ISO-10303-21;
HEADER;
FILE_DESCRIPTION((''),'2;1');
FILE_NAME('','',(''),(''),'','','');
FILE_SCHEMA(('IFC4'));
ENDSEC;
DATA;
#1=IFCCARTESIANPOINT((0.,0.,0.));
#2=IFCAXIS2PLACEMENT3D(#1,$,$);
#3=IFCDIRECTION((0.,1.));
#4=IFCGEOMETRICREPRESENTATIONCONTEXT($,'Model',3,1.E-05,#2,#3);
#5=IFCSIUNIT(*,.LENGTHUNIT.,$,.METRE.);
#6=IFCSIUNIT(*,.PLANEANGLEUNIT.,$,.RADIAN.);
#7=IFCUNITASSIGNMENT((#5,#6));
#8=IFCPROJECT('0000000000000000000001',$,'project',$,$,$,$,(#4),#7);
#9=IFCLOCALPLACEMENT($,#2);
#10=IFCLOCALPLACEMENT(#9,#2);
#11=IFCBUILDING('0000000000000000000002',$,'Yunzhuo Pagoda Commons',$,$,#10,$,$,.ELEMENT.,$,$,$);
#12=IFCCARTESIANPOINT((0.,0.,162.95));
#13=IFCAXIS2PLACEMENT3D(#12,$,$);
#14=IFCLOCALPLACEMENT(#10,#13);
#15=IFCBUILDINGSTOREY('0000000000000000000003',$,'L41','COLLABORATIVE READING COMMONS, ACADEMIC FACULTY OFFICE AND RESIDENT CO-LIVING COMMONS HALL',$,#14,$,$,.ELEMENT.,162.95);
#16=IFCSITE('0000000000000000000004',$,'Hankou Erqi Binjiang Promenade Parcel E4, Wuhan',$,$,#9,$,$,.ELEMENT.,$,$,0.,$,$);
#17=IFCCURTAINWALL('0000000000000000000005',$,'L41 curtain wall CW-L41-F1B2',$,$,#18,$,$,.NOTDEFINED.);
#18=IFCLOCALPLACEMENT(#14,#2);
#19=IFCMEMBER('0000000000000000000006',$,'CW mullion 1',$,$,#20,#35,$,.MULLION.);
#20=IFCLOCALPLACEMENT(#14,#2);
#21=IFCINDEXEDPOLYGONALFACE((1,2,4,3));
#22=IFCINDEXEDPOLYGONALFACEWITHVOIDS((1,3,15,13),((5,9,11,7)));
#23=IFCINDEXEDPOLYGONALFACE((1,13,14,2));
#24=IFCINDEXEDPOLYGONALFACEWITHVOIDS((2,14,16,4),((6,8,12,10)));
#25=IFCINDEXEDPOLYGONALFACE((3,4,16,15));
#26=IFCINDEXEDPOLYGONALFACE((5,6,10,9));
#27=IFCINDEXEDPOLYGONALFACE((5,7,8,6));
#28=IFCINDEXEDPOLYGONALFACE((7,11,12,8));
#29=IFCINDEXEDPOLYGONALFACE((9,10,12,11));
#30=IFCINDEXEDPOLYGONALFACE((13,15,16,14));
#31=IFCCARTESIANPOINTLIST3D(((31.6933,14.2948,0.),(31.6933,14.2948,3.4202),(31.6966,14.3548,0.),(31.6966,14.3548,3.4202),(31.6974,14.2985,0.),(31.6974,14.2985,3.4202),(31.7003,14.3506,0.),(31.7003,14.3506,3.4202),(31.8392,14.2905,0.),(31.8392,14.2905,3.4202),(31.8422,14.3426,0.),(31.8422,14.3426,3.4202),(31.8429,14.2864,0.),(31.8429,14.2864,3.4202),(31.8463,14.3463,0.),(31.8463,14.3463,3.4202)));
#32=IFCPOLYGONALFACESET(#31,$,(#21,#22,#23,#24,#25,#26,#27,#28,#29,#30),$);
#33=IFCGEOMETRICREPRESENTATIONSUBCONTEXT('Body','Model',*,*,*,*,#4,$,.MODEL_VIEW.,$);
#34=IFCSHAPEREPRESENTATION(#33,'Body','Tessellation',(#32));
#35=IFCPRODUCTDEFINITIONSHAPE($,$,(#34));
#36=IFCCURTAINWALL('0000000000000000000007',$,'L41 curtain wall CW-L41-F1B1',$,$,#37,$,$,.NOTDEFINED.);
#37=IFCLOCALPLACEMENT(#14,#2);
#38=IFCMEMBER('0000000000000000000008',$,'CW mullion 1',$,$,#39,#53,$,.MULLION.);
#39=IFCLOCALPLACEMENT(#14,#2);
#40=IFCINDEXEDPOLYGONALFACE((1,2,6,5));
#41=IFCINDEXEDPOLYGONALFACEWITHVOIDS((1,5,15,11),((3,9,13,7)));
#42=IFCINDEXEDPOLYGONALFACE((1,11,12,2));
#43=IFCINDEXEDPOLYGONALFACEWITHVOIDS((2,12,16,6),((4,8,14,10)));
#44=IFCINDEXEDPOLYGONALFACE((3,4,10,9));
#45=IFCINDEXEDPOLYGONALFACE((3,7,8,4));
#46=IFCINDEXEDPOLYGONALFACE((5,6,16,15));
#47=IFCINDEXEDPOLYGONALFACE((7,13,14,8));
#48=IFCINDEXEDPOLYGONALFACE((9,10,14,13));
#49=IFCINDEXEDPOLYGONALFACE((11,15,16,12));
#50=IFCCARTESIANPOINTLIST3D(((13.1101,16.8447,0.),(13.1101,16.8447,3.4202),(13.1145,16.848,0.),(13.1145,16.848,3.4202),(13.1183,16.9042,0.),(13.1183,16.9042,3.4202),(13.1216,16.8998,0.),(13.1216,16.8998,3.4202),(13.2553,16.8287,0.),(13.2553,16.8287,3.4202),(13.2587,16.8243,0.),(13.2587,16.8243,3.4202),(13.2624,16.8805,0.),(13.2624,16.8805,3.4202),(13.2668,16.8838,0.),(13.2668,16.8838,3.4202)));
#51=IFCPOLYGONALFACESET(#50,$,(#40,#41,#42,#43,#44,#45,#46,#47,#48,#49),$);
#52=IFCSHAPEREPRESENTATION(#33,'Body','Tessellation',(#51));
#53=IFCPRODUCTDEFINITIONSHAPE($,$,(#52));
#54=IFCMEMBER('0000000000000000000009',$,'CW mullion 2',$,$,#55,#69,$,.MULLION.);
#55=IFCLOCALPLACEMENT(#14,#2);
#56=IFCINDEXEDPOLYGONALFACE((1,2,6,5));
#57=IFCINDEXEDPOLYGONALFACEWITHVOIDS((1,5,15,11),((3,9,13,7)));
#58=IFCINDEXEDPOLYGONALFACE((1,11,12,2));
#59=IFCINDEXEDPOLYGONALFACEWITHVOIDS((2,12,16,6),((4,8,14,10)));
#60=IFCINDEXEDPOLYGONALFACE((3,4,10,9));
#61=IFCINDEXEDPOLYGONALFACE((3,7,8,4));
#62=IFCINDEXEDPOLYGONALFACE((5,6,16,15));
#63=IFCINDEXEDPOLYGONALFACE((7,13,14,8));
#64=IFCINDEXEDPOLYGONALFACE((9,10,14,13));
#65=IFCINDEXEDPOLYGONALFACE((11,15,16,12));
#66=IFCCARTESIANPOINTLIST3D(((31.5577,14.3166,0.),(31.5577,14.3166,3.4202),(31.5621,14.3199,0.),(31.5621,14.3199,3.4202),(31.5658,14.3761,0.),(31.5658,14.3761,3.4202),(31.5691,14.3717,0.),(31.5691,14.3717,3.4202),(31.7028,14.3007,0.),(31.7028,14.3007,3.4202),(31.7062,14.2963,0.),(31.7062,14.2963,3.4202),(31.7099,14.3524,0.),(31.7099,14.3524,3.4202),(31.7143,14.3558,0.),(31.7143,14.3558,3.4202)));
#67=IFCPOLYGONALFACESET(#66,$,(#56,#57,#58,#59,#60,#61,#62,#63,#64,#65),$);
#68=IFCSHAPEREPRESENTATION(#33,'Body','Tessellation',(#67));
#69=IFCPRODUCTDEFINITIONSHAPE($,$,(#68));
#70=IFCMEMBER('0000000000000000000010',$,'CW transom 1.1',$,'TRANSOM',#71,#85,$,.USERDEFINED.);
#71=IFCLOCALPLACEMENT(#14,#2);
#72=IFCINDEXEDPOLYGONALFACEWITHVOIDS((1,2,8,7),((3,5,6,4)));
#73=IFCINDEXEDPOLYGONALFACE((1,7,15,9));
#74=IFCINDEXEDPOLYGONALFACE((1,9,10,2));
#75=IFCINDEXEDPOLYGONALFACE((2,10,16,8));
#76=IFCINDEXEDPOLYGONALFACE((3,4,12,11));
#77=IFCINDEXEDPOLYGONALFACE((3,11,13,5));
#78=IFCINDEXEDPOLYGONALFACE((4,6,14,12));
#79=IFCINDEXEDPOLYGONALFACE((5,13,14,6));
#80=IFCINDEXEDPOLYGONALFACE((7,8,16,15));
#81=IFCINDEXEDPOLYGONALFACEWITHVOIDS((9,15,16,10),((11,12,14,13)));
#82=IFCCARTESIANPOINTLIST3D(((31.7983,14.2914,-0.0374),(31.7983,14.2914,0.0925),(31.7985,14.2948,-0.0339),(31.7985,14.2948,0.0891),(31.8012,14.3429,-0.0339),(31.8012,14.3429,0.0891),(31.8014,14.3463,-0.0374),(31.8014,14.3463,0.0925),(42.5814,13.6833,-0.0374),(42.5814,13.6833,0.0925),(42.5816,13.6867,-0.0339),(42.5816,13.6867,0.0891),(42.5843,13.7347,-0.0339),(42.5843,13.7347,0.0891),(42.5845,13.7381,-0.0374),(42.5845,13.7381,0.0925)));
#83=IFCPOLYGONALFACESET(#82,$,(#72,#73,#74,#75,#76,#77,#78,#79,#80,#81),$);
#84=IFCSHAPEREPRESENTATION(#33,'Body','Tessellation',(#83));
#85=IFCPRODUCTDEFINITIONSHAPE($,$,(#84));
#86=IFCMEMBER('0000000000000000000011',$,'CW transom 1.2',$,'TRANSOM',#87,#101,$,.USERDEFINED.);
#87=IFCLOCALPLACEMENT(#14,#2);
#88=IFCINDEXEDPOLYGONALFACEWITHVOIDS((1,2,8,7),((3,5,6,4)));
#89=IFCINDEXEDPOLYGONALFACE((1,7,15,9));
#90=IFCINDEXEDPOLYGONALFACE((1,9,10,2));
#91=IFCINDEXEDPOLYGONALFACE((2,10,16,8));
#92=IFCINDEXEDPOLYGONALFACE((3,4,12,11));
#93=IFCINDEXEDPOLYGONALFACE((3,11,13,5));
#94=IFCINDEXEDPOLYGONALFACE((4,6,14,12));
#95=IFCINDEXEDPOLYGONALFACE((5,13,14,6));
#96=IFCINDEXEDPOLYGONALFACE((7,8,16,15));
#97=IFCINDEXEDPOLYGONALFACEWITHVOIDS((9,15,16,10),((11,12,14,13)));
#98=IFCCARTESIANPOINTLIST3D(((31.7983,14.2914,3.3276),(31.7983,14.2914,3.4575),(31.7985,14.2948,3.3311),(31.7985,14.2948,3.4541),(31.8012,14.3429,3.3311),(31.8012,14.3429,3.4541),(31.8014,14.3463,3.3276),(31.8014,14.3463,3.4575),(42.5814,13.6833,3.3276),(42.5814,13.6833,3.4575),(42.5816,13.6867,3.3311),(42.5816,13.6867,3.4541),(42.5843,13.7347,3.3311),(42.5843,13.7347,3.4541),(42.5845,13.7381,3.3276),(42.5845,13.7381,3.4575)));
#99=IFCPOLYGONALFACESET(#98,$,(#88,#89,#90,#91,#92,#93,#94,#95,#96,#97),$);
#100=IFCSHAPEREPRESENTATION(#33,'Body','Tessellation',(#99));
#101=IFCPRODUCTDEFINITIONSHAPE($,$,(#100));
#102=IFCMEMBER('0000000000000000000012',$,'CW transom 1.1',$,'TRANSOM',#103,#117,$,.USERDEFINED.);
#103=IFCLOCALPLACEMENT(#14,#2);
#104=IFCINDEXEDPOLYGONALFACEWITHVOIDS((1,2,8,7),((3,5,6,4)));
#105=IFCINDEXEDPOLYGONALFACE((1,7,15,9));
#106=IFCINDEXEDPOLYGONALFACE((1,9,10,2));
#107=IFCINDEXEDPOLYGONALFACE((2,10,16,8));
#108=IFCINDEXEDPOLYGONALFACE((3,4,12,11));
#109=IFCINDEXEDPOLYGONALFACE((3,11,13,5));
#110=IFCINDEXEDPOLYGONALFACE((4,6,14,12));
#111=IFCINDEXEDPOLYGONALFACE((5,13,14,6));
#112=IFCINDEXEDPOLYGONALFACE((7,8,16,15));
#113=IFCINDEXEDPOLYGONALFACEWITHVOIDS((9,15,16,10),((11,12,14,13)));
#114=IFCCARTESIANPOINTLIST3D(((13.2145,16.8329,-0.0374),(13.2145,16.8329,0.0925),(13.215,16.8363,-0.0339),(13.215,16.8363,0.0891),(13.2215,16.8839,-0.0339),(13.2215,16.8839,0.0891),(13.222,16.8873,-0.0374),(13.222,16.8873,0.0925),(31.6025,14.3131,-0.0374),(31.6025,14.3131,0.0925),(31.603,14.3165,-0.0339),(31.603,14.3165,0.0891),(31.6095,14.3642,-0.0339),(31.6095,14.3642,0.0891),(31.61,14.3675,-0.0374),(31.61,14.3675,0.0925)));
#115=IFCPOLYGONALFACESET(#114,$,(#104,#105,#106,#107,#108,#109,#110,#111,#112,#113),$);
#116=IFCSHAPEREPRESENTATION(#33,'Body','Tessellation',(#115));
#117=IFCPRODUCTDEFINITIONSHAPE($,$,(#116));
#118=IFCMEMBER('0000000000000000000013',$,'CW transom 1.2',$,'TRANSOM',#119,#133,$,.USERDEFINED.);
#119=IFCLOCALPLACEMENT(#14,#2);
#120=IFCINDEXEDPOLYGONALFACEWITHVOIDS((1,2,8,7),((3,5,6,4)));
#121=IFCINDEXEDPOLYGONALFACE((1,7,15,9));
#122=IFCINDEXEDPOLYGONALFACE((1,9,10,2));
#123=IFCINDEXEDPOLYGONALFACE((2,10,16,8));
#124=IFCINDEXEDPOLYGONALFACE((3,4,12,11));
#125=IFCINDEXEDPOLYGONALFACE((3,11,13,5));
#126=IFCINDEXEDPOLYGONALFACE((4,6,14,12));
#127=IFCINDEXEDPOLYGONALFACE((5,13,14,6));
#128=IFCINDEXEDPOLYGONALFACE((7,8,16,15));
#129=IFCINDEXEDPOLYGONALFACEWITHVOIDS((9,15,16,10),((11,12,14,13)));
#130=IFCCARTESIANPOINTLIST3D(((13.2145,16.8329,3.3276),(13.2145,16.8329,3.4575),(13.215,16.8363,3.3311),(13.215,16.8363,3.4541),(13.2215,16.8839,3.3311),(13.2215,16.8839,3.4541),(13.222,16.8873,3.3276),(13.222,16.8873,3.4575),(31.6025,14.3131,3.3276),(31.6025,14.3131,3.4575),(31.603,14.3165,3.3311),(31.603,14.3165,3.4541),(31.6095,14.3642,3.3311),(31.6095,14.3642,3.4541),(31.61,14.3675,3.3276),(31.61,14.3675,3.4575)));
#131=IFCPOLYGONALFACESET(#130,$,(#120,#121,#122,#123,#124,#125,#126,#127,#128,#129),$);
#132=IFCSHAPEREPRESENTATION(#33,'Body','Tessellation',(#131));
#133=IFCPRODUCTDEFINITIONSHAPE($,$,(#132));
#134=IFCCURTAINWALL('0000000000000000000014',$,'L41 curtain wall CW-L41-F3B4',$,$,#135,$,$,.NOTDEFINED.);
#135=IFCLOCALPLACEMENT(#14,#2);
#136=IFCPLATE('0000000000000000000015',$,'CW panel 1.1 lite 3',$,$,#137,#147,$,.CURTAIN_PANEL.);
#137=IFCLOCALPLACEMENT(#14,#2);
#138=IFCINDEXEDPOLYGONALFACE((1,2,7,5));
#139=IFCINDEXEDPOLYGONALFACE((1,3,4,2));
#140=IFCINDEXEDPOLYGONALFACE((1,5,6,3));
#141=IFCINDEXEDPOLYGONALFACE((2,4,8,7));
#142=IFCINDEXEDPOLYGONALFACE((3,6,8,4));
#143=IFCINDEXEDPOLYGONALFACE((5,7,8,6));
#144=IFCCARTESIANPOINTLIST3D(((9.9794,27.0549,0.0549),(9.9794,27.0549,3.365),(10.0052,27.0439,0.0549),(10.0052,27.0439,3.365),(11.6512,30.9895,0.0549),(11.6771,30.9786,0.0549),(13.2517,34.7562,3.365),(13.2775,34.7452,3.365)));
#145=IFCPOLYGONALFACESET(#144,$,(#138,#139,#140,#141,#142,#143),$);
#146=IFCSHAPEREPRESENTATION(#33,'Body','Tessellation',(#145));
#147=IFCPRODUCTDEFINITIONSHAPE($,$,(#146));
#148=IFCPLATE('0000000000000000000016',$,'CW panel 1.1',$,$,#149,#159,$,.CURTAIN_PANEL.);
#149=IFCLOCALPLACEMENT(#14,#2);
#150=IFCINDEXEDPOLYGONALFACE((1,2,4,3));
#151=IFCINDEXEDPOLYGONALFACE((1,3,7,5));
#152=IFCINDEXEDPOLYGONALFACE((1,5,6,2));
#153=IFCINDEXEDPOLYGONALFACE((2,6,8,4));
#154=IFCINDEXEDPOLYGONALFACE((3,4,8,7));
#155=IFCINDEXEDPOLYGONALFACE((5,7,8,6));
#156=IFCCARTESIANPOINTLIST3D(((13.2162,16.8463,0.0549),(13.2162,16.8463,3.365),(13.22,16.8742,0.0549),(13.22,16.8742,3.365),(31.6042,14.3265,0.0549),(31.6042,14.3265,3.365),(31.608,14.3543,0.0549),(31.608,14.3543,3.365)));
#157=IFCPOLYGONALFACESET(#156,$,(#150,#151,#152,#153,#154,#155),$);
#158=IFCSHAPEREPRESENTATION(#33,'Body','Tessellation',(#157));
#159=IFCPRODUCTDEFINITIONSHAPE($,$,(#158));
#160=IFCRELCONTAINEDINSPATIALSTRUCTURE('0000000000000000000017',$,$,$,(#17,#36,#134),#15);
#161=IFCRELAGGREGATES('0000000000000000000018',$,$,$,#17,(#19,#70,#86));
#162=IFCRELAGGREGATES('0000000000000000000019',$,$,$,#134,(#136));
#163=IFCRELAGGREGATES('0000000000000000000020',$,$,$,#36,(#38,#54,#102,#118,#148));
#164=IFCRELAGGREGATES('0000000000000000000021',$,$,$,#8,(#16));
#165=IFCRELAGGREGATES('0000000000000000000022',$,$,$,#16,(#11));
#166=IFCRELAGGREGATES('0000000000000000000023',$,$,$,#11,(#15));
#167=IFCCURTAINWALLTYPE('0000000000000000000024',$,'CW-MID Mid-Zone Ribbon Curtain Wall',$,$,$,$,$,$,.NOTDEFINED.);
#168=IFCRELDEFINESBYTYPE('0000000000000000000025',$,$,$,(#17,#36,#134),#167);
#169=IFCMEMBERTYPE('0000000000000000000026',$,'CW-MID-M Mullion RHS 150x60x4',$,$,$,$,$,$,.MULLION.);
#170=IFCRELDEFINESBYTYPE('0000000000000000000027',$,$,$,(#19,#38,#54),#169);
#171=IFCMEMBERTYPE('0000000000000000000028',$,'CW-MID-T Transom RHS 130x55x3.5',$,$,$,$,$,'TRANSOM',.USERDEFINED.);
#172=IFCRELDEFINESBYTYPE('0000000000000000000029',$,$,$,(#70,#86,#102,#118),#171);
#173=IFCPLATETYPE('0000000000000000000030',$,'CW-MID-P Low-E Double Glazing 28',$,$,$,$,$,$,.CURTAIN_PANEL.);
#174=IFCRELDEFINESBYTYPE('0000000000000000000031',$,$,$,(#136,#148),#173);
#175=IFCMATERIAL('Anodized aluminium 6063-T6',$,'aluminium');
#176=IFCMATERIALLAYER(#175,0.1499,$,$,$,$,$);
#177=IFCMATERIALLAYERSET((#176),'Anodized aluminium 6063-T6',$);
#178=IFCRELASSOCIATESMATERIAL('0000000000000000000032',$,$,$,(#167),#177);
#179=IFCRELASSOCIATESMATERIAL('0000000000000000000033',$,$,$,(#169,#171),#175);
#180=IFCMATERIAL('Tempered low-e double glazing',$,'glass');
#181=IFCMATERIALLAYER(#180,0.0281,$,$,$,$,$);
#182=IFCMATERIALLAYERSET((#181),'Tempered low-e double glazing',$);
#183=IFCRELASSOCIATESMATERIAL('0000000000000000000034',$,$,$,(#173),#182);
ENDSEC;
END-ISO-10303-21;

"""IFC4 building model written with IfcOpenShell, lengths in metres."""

from ifc_helpers import new_model, si_unit, direction, frame, origin, origin_2d, place, context, subcontext, project, spatial, polyline, rectangle, hollow_rectangle, outline, extrude, source, transform, mapped, material, layer, layer_set, material_profile, profile_set, type_object, element, aggregate, save


model = new_model("IFC4")

# Units and contexts
model_context = context("Model", 3, precision=1e-05, world=origin(), true_north=direction((0.0, 1.0)))
body_context = subcontext(model_context, "Body", "Model", "MODEL_VIEW")
ifc_project = project(units=[si_unit("LENGTHUNIT", "METRE"), si_unit("PLANEANGLEUNIT", "RADIAN")], contexts=[model_context])

# Site, building, storey
site_placement = place(None, origin())
site = spatial("IfcSite", under=ifc_project, at=site_placement, Name="Hankou Erqi Binjiang Promenade Parcel E4, Wuhan", CompositionType="ELEMENT", RefElevation=0.0)
building_placement = place(site_placement, origin())
building = spatial("IfcBuilding", under=site, at=building_placement, Name="Yunzhuo Pagoda Commons", CompositionType="ELEMENT")
storey_placement = place(building_placement, frame((0.0, 0.0, 162.95)))
storey = spatial("IfcBuildingStorey", under=building, at=storey_placement, Name="L41", Description="COLLABORATIVE READING COMMONS, ACADEMIC FACULTY OFFICE AND RESIDENT CO-LIVING COMMONS HALL", CompositionType="ELEMENT", Elevation=162.95)

# Curtain wall, member
ifc_material_1 = material(Name="Anodized aluminium 6063-T6", Category="aluminium")
ifc_layer_1 = layer(ifc_material_1, 0.1499)
ifc_layer_set_1 = layer_set([ifc_layer_1], Name="Anodized aluminium 6063-T6")
curtain_wall_type = type_object("IfcCurtainWallType", Name="CW-MID Mid-Zone Ribbon Curtain Wall", PredefinedType="NOTDEFINED", material=ifc_layer_set_1)
curtain_wall_1_placement = place(storey_placement, origin())
curtain_wall_1 = element("IfcCurtainWall", 1, at=curtain_wall_1_placement, inside=storey, type_object=curtain_wall_type, Name="L41 curtain wall CW-L41-F1B2", PredefinedType="NOTDEFINED")
ifc_material_profile_1 = material_profile(ifc_material_1, hollow_rectangle(XDim=0.0601, YDim=0.1499, WallThickness=0.0039, at=origin_2d()), Name="Anodized aluminium 6063-T6")
ifc_profile_set_1 = profile_set([ifc_material_profile_1], Name="Anodized aluminium 6063-T6")
member_type_1 = type_object("IfcMemberType", Name="CW-MID-M Mullion RHS 150x60x4", PredefinedType="MULLION", material=ifc_profile_set_1)
shared_shape_1 = source(origin(), body_context, "Body", "SweptSolid", [
    extrude(hollow_rectangle(XDim=0.0601, YDim=0.1499, WallThickness=0.0039, at=origin_2d()), origin(), (0.0, 0.0, 1.0), 3.4202),
])
member_1_placement = place(storey_placement, frame((31.7698, 14.3206, 0.0), z_axis=(0.0, 0.0, 1.0), x_axis=(0.056299, 0.998414, 0.0)))
member_1 = element("IfcMember", 2, at=member_1_placement, type_object=member_type_1, Name="CW mullion 1", PredefinedType="MULLION", context=body_context, shape_type="MappedRepresentation", body=[
    mapped(shared_shape_1, transform((0.0, 0.0, 0.0), scale=1.0)),
])

# Curtain wall, members
curtain_wall_2_placement = place(storey_placement, origin())
curtain_wall_2 = element("IfcCurtainWall", 3, at=curtain_wall_2_placement, inside=storey, type_object=curtain_wall_type, Name="L41 curtain wall CW-L41-F1B1", PredefinedType="NOTDEFINED")
member_2_placement = place(storey_placement, frame((13.1885, 16.8643, 0.0), z_axis=(0.0, 0.0, 1.0), x_axis=(0.135767, 0.990741, 0.0)))
member_2 = element("IfcMember", 4, at=member_2_placement, type_object=member_type_1, Name="CW mullion 1", PredefinedType="MULLION", context=body_context, shape_type="MappedRepresentation", body=[
    mapped(shared_shape_1, transform((0.0, 0.0, 0.0), scale=1.0)),
])
member_3_placement = place(storey_placement, frame((31.636, 14.3362, 0.0), z_axis=(0.0, 0.0, 1.0), x_axis=(0.135767, 0.990741, 0.0)))
member_3 = element("IfcMember", 5, at=member_3_placement, type_object=member_type_1, Name="CW mullion 2", PredefinedType="MULLION", context=body_context, shape_type="MappedRepresentation", body=[
    mapped(shared_shape_1, transform((0.0, 0.0, 0.0), scale=1.0)),
])

# Members
ifc_material_profile_2 = material_profile(ifc_material_1, hollow_rectangle(XDim=0.0549, YDim=0.1299, WallThickness=0.0034, at=origin_2d()), Name="Anodized aluminium 6063-T6")
ifc_profile_set_2 = profile_set([ifc_material_profile_2], Name="Anodized aluminium 6063-T6")
member_type_2 = type_object("IfcMemberType", Name="CW-MID-T Transom RHS 130x55x3.5", ElementType="TRANSOM", PredefinedType="USERDEFINED", material=ifc_profile_set_2)
shared_shape_2 = source(origin(), body_context, "Body", "SweptSolid", [
    extrude(hollow_rectangle(XDim=0.0549, YDim=0.1299, WallThickness=0.0034, at=origin_2d()), origin(), (0.0, 0.0, 1.0), 10.8003),
])
member_4_placement = place(storey_placement, frame((31.7998, 14.3188, 0.0276), z_axis=(0.998413, -0.056309, 0.0), x_axis=(0.056309, 0.998413, 0.0)))
member_4 = element("IfcMember", 6, at=member_4_placement, type_object=member_type_2, Name="CW transom 1.1", ObjectType="TRANSOM", PredefinedType="USERDEFINED", context=body_context, shape_type="MappedRepresentation", body=[
    mapped(shared_shape_2, transform((0.0, 0.0, 0.0), scale=1.0)),
])
member_5_placement = place(storey_placement, frame((31.7998, 14.3188, 3.3926), z_axis=(0.998413, -0.056309, 0.0), x_axis=(0.056309, 0.998413, 0.0)))
member_5 = element("IfcMember", 7, at=member_5_placement, type_object=member_type_2, Name="CW transom 1.2", ObjectType="TRANSOM", PredefinedType="USERDEFINED", context=body_context, shape_type="MappedRepresentation", body=[
    mapped(shared_shape_2, transform((0.0, 0.0, 0.0), scale=1.0)),
])
aggregate(curtain_wall_1, [member_1, member_4, member_5])
shared_shape_3 = source(origin(), body_context, "Body", "SweptSolid", [
    extrude(hollow_rectangle(XDim=0.0549, YDim=0.1299, WallThickness=0.0034, at=origin_2d()), origin(), (0.0, 0.0, 1.0), 18.5598),
])
member_6_placement = place(storey_placement, frame((13.2183, 16.8601, 0.0276), z_axis=(0.990741, -0.135765, 0.0), x_axis=(0.135765, 0.990741, 0.0)))
member_6 = element("IfcMember", 8, at=member_6_placement, type_object=member_type_2, Name="CW transom 1.1", ObjectType="TRANSOM", PredefinedType="USERDEFINED", context=body_context, shape_type="MappedRepresentation", body=[
    mapped(shared_shape_3, transform((0.0, 0.0, 0.0), scale=1.0)),
])
member_7_placement = place(storey_placement, frame((13.2183, 16.8601, 3.3926), z_axis=(0.990741, -0.135765, 0.0), x_axis=(0.135765, 0.990741, 0.0)))
member_7 = element("IfcMember", 9, at=member_7_placement, type_object=member_type_2, Name="CW transom 1.2", ObjectType="TRANSOM", PredefinedType="USERDEFINED", context=body_context, shape_type="MappedRepresentation", body=[
    mapped(shared_shape_3, transform((0.0, 0.0, 0.0), scale=1.0)),
])

# Curtain wall, plate
curtain_wall_3_placement = place(storey_placement, origin())
curtain_wall_3 = element("IfcCurtainWall", 10, at=curtain_wall_3_placement, inside=storey, type_object=curtain_wall_type, Name="L41 curtain wall CW-L41-F3B4", PredefinedType="NOTDEFINED")
ifc_material_2 = material(Name="Tempered low-e double glazing", Category="glass")
ifc_layer_2 = layer(ifc_material_2, 0.0281)
ifc_layer_set_2 = layer_set([ifc_layer_2], Name="Tempered low-e double glazing")
plate_type = type_object("IfcPlateType", Name="CW-MID-P Low-E Double Glazing 28", PredefinedType="CURTAIN_PANEL", material=ifc_layer_set_2)
plate_1_placement = place(storey_placement, frame((11.6414, 30.8945, 1.71), z_axis=(-0.920364, 0.391063, 0.0), x_axis=(-0.391063, -0.920364, 0.0)))
plate_1 = element("IfcPlate", 11, at=plate_1_placement, type_object=plate_type, Name="CW panel 1.1 lite 3", PredefinedType="CURTAIN_PANEL", context=body_context, shape_type="SweptSolid", body=[
    extrude(outline(polyline([(-4.1838, 1.655), (-0.0913, -1.655), (4.1838, -1.655), (4.1838, 1.655), (-4.1838, 1.655)])), origin(), (0.0, 0.0, 1.0), 0.0281),
])
aggregate(curtain_wall_3, [plate_1])

# Plate
shared_shape_4 = source(origin(), body_context, "Body", "SweptSolid", [
    extrude(rectangle(XDim=18.5598, YDim=0.0281, at=origin_2d()), origin(), (0.0, 0.0, 1.0), 3.3101),
])
plate_2_placement = place(storey_placement, frame((22.4121, 15.6003, 0.0549), z_axis=(0.0, 0.0, 1.0), x_axis=(0.990741, -0.135767, 0.0)))
plate_2 = element("IfcPlate", 12, at=plate_2_placement, type_object=plate_type, Name="CW panel 1.1", PredefinedType="CURTAIN_PANEL", context=body_context, shape_type="MappedRepresentation", body=[
    mapped(shared_shape_4, transform((0.0, 0.0, 0.0), scale=1.0)),
])
aggregate(curtain_wall_2, [member_2, member_3, member_6, member_7, plate_2])

save(model, "model.ifc")
